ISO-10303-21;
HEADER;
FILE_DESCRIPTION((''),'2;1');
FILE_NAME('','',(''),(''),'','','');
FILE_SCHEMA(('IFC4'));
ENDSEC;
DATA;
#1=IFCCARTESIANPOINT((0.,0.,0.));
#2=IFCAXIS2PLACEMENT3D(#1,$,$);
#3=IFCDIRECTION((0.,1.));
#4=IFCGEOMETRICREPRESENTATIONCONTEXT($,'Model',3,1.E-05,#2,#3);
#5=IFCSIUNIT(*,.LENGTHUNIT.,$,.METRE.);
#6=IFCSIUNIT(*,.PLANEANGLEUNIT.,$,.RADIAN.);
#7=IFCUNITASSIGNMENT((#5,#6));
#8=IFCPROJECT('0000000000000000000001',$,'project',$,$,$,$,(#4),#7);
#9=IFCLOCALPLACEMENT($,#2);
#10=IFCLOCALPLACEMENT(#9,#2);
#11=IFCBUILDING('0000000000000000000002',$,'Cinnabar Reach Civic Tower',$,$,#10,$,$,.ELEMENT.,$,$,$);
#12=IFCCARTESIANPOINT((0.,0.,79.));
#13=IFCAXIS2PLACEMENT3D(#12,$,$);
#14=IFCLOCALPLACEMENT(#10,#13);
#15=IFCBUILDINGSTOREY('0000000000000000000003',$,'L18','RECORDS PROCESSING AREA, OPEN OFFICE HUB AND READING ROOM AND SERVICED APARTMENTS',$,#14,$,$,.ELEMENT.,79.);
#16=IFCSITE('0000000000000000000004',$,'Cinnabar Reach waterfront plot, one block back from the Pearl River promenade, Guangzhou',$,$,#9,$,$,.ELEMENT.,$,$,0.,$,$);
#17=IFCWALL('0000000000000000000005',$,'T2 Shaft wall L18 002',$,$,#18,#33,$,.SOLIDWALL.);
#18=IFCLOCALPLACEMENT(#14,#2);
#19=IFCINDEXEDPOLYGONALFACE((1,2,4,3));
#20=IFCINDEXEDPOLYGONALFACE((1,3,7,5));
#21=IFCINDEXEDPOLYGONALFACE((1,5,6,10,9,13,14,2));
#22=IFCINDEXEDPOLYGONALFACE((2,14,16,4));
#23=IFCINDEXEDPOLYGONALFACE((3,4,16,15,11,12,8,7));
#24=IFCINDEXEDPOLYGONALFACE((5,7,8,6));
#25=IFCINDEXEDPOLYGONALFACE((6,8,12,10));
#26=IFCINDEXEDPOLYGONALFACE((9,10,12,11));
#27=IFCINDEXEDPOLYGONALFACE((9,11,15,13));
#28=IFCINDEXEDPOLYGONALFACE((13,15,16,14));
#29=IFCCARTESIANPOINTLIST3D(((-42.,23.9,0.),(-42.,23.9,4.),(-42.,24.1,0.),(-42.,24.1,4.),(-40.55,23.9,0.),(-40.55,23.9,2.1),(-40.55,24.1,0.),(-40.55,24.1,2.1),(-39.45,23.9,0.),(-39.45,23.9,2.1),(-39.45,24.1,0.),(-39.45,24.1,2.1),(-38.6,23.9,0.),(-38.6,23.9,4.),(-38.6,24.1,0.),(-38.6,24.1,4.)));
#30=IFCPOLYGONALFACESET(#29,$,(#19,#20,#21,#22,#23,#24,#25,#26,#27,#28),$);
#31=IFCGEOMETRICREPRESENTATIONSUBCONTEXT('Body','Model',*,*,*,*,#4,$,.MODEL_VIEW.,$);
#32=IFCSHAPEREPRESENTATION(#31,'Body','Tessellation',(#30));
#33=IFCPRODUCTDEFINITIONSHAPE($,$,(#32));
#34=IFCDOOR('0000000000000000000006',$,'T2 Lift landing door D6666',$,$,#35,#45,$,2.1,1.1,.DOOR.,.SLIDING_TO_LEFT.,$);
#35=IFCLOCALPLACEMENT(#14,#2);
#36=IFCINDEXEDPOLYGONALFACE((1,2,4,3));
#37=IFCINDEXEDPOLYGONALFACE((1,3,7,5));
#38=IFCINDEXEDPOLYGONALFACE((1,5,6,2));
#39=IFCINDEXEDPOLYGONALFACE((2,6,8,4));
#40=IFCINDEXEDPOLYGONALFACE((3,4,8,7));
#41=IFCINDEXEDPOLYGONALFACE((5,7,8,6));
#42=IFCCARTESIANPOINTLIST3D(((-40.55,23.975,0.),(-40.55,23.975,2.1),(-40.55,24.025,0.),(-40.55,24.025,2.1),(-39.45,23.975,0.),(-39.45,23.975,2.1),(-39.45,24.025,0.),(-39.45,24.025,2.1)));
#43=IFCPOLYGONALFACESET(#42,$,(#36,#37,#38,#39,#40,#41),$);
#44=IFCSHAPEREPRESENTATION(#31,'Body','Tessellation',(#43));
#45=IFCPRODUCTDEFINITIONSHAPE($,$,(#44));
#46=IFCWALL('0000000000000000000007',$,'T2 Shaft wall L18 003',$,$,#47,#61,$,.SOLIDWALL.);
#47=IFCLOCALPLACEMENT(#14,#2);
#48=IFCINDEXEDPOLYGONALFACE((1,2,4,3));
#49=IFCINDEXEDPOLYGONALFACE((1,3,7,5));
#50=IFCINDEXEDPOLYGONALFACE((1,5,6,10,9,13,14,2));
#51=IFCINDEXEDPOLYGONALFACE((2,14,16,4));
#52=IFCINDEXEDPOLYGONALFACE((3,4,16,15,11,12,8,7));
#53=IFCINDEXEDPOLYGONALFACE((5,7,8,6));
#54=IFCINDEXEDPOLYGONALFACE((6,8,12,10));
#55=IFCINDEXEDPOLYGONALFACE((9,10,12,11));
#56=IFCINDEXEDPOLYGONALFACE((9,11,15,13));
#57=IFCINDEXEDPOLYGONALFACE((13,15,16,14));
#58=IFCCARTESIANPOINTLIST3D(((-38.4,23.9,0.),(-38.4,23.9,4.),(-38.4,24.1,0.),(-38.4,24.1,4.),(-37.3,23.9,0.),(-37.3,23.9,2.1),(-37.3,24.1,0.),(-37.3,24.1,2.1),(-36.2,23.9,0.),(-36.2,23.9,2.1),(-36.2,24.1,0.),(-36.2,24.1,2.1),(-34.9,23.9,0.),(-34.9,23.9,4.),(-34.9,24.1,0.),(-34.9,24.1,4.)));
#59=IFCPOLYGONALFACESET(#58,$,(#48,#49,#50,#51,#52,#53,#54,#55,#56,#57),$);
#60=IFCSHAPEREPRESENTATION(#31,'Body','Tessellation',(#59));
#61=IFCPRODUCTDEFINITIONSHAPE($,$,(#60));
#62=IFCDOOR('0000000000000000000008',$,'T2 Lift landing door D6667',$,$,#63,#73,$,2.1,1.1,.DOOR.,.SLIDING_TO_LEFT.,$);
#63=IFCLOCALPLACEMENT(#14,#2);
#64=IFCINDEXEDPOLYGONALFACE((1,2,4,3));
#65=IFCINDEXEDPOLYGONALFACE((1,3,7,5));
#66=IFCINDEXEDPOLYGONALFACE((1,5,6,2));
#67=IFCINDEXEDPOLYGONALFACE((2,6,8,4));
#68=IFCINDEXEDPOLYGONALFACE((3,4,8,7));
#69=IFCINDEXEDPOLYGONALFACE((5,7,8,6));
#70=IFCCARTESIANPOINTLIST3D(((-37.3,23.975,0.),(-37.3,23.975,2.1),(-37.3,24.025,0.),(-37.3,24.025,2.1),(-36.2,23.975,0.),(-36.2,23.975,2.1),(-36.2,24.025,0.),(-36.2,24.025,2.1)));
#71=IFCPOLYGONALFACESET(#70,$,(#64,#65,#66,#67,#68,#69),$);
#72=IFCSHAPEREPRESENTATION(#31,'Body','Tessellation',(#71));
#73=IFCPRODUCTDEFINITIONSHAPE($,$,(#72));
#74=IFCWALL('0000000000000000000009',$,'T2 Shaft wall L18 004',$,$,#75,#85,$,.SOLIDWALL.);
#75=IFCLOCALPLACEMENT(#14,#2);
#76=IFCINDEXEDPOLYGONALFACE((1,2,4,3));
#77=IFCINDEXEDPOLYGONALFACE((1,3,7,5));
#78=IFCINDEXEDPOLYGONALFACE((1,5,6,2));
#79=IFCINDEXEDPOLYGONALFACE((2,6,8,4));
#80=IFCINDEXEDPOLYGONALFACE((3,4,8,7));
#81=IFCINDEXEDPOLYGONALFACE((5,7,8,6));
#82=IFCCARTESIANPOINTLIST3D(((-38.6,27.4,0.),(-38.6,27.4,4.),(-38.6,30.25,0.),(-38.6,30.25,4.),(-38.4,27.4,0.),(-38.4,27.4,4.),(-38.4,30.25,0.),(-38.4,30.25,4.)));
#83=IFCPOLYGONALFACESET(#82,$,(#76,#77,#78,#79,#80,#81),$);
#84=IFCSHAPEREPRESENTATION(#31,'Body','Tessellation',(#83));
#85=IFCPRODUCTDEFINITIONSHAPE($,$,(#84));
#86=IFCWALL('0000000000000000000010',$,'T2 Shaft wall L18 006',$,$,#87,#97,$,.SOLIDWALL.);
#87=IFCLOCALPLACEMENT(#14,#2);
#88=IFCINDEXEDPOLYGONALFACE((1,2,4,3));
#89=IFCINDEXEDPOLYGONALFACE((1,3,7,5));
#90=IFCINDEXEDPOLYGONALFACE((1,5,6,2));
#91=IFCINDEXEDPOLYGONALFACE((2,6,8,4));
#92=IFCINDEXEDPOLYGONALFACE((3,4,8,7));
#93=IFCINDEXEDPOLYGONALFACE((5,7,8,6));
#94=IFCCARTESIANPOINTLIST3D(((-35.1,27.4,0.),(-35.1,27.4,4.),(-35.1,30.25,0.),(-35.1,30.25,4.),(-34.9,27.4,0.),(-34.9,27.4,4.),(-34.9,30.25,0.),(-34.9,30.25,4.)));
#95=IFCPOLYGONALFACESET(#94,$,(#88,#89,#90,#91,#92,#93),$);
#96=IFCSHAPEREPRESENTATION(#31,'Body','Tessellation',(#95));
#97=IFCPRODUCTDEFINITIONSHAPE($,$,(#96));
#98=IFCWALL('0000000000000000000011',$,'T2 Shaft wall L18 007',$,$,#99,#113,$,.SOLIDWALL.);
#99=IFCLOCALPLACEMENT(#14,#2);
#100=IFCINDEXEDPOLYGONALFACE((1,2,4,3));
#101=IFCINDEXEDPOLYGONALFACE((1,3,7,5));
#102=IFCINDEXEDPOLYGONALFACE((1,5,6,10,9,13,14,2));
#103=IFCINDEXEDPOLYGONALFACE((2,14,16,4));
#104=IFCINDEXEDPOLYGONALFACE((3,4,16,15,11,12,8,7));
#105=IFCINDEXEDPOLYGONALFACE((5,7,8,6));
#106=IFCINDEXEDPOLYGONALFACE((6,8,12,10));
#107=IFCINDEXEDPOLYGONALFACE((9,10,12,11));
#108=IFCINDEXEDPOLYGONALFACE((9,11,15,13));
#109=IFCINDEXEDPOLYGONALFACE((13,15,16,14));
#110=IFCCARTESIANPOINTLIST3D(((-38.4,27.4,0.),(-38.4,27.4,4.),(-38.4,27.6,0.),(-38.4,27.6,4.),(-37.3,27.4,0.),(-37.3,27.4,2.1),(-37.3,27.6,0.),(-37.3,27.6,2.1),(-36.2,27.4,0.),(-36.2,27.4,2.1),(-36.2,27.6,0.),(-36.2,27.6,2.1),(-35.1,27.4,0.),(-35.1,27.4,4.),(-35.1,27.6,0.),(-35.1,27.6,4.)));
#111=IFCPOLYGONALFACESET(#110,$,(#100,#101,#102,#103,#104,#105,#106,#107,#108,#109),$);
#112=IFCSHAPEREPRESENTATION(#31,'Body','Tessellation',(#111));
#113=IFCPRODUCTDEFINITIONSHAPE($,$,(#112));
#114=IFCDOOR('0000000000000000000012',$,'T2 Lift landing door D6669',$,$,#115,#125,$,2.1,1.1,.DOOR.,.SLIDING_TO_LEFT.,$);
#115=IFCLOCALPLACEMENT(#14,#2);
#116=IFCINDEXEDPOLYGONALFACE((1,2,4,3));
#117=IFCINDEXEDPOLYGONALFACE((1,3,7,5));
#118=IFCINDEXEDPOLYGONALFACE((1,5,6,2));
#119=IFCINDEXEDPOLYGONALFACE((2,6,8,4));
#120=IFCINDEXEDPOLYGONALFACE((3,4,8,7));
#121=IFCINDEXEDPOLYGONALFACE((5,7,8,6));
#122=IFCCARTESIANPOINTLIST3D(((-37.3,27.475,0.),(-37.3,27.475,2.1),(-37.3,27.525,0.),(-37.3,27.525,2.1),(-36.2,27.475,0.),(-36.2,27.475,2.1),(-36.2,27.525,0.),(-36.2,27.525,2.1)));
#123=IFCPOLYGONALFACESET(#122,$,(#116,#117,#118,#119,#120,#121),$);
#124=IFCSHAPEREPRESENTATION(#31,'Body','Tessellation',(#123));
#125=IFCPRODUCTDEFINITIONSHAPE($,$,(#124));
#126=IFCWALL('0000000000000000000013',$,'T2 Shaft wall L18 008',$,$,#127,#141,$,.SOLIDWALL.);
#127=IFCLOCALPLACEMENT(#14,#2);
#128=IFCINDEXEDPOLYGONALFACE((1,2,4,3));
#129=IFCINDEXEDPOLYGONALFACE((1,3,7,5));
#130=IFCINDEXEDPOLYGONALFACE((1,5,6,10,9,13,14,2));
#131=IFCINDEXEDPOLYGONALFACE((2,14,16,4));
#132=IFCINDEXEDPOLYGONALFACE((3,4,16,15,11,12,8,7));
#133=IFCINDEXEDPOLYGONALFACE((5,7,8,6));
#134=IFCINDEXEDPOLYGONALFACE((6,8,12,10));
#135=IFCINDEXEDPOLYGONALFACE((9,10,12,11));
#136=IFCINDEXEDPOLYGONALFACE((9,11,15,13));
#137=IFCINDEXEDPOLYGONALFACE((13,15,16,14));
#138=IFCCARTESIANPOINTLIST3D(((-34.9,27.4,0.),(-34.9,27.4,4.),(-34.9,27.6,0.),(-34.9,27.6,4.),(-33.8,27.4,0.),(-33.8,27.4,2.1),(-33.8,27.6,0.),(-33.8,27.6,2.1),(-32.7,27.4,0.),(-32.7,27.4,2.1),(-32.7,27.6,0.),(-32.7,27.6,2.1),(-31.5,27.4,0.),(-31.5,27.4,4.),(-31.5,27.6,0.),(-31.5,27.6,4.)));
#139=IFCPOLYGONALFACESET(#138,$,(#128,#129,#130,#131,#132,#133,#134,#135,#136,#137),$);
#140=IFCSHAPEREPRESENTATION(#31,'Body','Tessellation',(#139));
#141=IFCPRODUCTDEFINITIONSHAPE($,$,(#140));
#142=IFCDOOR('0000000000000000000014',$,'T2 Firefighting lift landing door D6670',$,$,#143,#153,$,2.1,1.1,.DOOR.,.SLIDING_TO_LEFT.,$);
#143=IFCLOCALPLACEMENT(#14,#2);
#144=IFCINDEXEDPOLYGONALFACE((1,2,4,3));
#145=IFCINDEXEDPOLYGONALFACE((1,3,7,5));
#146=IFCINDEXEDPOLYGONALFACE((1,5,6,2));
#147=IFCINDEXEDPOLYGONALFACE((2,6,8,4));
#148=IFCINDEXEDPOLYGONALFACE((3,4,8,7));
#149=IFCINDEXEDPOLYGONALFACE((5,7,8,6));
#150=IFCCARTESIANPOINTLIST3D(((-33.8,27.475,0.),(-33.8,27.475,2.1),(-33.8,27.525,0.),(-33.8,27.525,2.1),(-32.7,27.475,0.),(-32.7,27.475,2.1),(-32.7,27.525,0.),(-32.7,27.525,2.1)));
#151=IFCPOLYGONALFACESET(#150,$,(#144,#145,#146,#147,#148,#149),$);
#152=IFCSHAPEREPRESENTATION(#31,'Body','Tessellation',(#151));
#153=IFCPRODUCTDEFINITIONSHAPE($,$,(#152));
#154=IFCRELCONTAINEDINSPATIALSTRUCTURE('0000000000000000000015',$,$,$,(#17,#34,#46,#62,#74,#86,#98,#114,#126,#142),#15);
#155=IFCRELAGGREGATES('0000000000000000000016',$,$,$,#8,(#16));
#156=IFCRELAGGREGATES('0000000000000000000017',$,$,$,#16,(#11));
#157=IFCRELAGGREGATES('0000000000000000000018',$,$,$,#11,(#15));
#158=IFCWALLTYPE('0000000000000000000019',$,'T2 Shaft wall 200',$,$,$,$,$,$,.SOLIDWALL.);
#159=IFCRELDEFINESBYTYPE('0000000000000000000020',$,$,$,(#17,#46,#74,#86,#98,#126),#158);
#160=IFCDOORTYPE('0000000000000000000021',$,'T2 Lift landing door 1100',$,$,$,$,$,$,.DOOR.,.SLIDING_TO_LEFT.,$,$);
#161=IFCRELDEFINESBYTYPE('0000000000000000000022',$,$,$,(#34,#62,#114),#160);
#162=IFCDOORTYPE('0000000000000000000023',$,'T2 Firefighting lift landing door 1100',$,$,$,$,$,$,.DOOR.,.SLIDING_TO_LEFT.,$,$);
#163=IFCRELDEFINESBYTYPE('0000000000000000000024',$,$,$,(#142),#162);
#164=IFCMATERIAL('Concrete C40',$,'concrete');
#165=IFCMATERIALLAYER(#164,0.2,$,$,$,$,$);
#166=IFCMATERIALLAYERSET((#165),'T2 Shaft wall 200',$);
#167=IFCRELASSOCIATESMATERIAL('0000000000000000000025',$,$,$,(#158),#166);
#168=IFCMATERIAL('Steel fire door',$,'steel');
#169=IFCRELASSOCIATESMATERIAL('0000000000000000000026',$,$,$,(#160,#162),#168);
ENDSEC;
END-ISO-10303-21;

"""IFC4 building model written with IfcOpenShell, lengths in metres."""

from ifc_helpers import new_model, si_unit, direction, frame, frame_2d, origin, place, context, subcontext, project, spatial, rectangle, extrude, material, layer, layer_set, type_object, element, fill, save


model = new_model("IFC4")

# Units and contexts
model_context = context("Model", 3, precision=1e-05, world=origin(), true_north=direction((0.0, 1.0)))
body_context = subcontext(model_context, "Body", "Model", "MODEL_VIEW")
ifc_project = project(units=[si_unit("LENGTHUNIT", "METRE"), si_unit("PLANEANGLEUNIT", "RADIAN")], contexts=[model_context])

# Site, building, storey
site_placement = place(None, origin())
site = spatial("IfcSite", under=ifc_project, at=site_placement, Name="Cinnabar Reach waterfront plot, one block back from the Pearl River promenade, Guangzhou", CompositionType="ELEMENT", RefElevation=0.0)
building_placement = place(site_placement, origin())
building = spatial("IfcBuilding", under=site, at=building_placement, Name="Cinnabar Reach Civic Tower", CompositionType="ELEMENT")
storey_placement = place(building_placement, frame((0.0, 0.0, 79.0)))
storey = spatial("IfcBuildingStorey", under=building, at=storey_placement, Name="L18", Description="RECORDS PROCESSING AREA, OPEN OFFICE HUB AND READING ROOM AND SERVICED APARTMENTS", CompositionType="ELEMENT", Elevation=79.0)

# Shared definitions
ifc_material_1 = material(Name="Steel fire door", Category="steel")

# Shared definitions
ifc_material_2 = material(Name="Concrete C40", Category="concrete")

# Walls, openings, doors
ifc_layer_1 = layer(ifc_material_2, 0.2)
ifc_layer_set_1 = layer_set([ifc_layer_1], Name="T2 Shaft wall 200")
wall_type_1 = type_object("IfcWallType", Name="T2 Shaft wall 200", PredefinedType="SOLIDWALL", material=ifc_layer_set_1)
wall_1_placement = place(storey_placement, frame((-38.6, 24.0, 0.0), z_axis=(0.0, 0.0, 1.0), x_axis=(-1.0, 0.0, 0.0)))
wall_1 = element("IfcWall", 1, at=wall_1_placement, inside=storey, type_object=wall_type_1, Name="T2 Shaft wall L18 002", PredefinedType="SOLIDWALL", context=body_context, shape_type="SweptSolid", body=[
    extrude(rectangle(XDim=3.4, YDim=0.2, at=frame_2d((1.7, 0.0))), origin(), (0.0, 0.0, 1.0), 4.0),
])
opening_1_placement = place(wall_1_placement, frame((0.85, 0.0, 0.0)))
opening_1 = element("IfcOpeningElement", 2, at=opening_1_placement, cuts=wall_1, PredefinedType="OPENING", context=body_context, shape_type="SweptSolid", body=[
    extrude(rectangle(XDim=1.1, YDim=2.1, at=frame_2d((0.55, 1.05))), frame((0.0, 0.11, 0.0), z_axis=(0.0, -1.0, 0.0), x_axis=(1.0, 0.0, 0.0)), (0.0, 0.0, 1.0), 0.22),
])
door_type_1 = type_object("IfcDoorType", Name="T2 Lift landing door 1100", OperationType="SLIDING_TO_LEFT", PredefinedType="DOOR", material=ifc_material_1)
door_1_placement = place(opening_1_placement, origin())
door_1 = element("IfcDoor", 3, at=door_1_placement, inside=storey, type_object=door_type_1, Name="T2 Lift landing door D6666", OperationType="SLIDING_TO_LEFT", OverallHeight=2.1, OverallWidth=1.1, PredefinedType="DOOR", context=body_context, shape_type="SweptSolid", body=[
    extrude(rectangle(XDim=1.1, YDim=2.1, at=frame_2d((0.55, 1.05))), frame((0.0, 0.025, 0.0), z_axis=(0.0, -1.0, 0.0), x_axis=(1.0, 0.0, 0.0)), (0.0, 0.0, 1.0), 0.05),
])
fill(opening_1, door_1)
wall_2_placement = place(storey_placement, frame((-34.9, 24.0, 0.0), z_axis=(0.0, 0.0, 1.0), x_axis=(-1.0, 0.0, 0.0)))
wall_2 = element("IfcWall", 4, at=wall_2_placement, inside=storey, type_object=wall_type_1, Name="T2 Shaft wall L18 003", PredefinedType="SOLIDWALL", context=body_context, shape_type="SweptSolid", body=[
    extrude(rectangle(XDim=3.5, YDim=0.2, at=frame_2d((1.75, 0.0))), origin(), (0.0, 0.0, 1.0), 4.0),
])
opening_2_placement = place(wall_2_placement, frame((1.3, 0.0, 0.0)))
opening_2 = element("IfcOpeningElement", 5, at=opening_2_placement, cuts=wall_2, PredefinedType="OPENING", context=body_context, shape_type="SweptSolid", body=[
    extrude(rectangle(XDim=1.1, YDim=2.1, at=frame_2d((0.55, 1.05))), frame((0.0, 0.11, 0.0), z_axis=(0.0, -1.0, 0.0), x_axis=(1.0, 0.0, 0.0)), (0.0, 0.0, 1.0), 0.22),
])
door_2_placement = place(opening_2_placement, origin())
door_2 = element("IfcDoor", 6, at=door_2_placement, inside=storey, type_object=door_type_1, Name="T2 Lift landing door D6667", OperationType="SLIDING_TO_LEFT", OverallHeight=2.1, OverallWidth=1.1, PredefinedType="DOOR", context=body_context, shape_type="SweptSolid", body=[
    extrude(rectangle(XDim=1.1, YDim=2.1, at=frame_2d((0.55, 1.05))), frame((0.0, 0.025, 0.0), z_axis=(0.0, -1.0, 0.0), x_axis=(1.0, 0.0, 0.0)), (0.0, 0.0, 1.0), 0.05),
])
fill(opening_2, door_2)

# Walls
for number, where, z_axis, x_axis, name in (
    (7, (-38.5, 27.4, 0.0), (0.0, 0.0, 1.0), (0.0, 1.0, 0.0), "T2 Shaft wall L18 004"),
    (8, (-35.0, 27.4, 0.0), (0.0, 0.0, 1.0), (0.0, 1.0, 0.0), "T2 Shaft wall L18 006"),
):
    element("IfcWall", number, at=place(storey_placement, frame(where, z_axis=z_axis, x_axis=x_axis)), inside=storey, type_object=wall_type_1, Name=name, PredefinedType="SOLIDWALL", context=body_context, shape_type="SweptSolid", body=[
        extrude(rectangle(XDim=2.85, YDim=0.2, at=frame_2d((1.425, 0.0))), origin(), (0.0, 0.0, 1.0), 4.0),
    ])

# Walls, openings, doors
wall_3_placement = place(storey_placement, frame((-38.4, 27.5, 0.0), z_axis=(0.0, 0.0, 1.0), x_axis=(1.0, 0.0, 0.0)))
wall_3 = element("IfcWall", 9, at=wall_3_placement, inside=storey, type_object=wall_type_1, Name="T2 Shaft wall L18 007", PredefinedType="SOLIDWALL", context=body_context, shape_type="SweptSolid", body=[
    extrude(rectangle(XDim=3.3, YDim=0.2, at=frame_2d((1.65, 0.0))), origin(), (0.0, 0.0, 1.0), 4.0),
])
opening_3_placement = place(wall_3_placement, frame((1.1, 0.0, 0.0)))
opening_3 = element("IfcOpeningElement", 10, at=opening_3_placement, cuts=wall_3, PredefinedType="OPENING", context=body_context, shape_type="SweptSolid", body=[
    extrude(rectangle(XDim=1.1, YDim=2.1, at=frame_2d((0.55, 1.05))), frame((0.0, 0.11, 0.0), z_axis=(0.0, -1.0, 0.0), x_axis=(1.0, 0.0, 0.0)), (0.0, 0.0, 1.0), 0.22),
])
door_3_placement = place(opening_3_placement, origin())
door_3 = element("IfcDoor", 11, at=door_3_placement, inside=storey, type_object=door_type_1, Name="T2 Lift landing door D6669", OperationType="SLIDING_TO_LEFT", OverallHeight=2.1, OverallWidth=1.1, PredefinedType="DOOR", context=body_context, shape_type="SweptSolid", body=[
    extrude(rectangle(XDim=1.1, YDim=2.1, at=frame_2d((0.55, 1.05))), frame((0.0, 0.025, 0.0), z_axis=(0.0, -1.0, 0.0), x_axis=(1.0, 0.0, 0.0)), (0.0, 0.0, 1.0), 0.05),
])
fill(opening_3, door_3)
wall_4_placement = place(storey_placement, frame((-34.9, 27.5, 0.0), z_axis=(0.0, 0.0, 1.0), x_axis=(1.0, 0.0, 0.0)))
wall_4 = element("IfcWall", 12, at=wall_4_placement, inside=storey, type_object=wall_type_1, Name="T2 Shaft wall L18 008", PredefinedType="SOLIDWALL", context=body_context, shape_type="SweptSolid", body=[
    extrude(rectangle(XDim=3.4, YDim=0.2, at=frame_2d((1.7, 0.0))), origin(), (0.0, 0.0, 1.0), 4.0),
])
opening_4_placement = place(wall_4_placement, frame((1.1, 0.0, 0.0)))
opening_4 = element("IfcOpeningElement", 13, at=opening_4_placement, cuts=wall_4, PredefinedType="OPENING", context=body_context, shape_type="SweptSolid", body=[
    extrude(rectangle(XDim=1.1, YDim=2.1, at=frame_2d((0.55, 1.05))), frame((0.0, 0.11, 0.0), z_axis=(0.0, -1.0, 0.0), x_axis=(1.0, 0.0, 0.0)), (0.0, 0.0, 1.0), 0.22),
])
door_type_2 = type_object("IfcDoorType", Name="T2 Firefighting lift landing door 1100", OperationType="SLIDING_TO_LEFT", PredefinedType="DOOR", material=ifc_material_1)
door_4_placement = place(opening_4_placement, origin())
door_4 = element("IfcDoor", 14, at=door_4_placement, inside=storey, type_object=door_type_2, Name="T2 Firefighting lift landing door D6670", OperationType="SLIDING_TO_LEFT", OverallHeight=2.1, OverallWidth=1.1, PredefinedType="DOOR", context=body_context, shape_type="SweptSolid", body=[
    extrude(rectangle(XDim=1.1, YDim=2.1, at=frame_2d((0.55, 1.05))), frame((0.0, 0.025, 0.0), z_axis=(0.0, -1.0, 0.0), x_axis=(1.0, 0.0, 0.0)), (0.0, 0.0, 1.0), 0.05),
])
fill(opening_4, door_4)

save(model, "model.ifc")
